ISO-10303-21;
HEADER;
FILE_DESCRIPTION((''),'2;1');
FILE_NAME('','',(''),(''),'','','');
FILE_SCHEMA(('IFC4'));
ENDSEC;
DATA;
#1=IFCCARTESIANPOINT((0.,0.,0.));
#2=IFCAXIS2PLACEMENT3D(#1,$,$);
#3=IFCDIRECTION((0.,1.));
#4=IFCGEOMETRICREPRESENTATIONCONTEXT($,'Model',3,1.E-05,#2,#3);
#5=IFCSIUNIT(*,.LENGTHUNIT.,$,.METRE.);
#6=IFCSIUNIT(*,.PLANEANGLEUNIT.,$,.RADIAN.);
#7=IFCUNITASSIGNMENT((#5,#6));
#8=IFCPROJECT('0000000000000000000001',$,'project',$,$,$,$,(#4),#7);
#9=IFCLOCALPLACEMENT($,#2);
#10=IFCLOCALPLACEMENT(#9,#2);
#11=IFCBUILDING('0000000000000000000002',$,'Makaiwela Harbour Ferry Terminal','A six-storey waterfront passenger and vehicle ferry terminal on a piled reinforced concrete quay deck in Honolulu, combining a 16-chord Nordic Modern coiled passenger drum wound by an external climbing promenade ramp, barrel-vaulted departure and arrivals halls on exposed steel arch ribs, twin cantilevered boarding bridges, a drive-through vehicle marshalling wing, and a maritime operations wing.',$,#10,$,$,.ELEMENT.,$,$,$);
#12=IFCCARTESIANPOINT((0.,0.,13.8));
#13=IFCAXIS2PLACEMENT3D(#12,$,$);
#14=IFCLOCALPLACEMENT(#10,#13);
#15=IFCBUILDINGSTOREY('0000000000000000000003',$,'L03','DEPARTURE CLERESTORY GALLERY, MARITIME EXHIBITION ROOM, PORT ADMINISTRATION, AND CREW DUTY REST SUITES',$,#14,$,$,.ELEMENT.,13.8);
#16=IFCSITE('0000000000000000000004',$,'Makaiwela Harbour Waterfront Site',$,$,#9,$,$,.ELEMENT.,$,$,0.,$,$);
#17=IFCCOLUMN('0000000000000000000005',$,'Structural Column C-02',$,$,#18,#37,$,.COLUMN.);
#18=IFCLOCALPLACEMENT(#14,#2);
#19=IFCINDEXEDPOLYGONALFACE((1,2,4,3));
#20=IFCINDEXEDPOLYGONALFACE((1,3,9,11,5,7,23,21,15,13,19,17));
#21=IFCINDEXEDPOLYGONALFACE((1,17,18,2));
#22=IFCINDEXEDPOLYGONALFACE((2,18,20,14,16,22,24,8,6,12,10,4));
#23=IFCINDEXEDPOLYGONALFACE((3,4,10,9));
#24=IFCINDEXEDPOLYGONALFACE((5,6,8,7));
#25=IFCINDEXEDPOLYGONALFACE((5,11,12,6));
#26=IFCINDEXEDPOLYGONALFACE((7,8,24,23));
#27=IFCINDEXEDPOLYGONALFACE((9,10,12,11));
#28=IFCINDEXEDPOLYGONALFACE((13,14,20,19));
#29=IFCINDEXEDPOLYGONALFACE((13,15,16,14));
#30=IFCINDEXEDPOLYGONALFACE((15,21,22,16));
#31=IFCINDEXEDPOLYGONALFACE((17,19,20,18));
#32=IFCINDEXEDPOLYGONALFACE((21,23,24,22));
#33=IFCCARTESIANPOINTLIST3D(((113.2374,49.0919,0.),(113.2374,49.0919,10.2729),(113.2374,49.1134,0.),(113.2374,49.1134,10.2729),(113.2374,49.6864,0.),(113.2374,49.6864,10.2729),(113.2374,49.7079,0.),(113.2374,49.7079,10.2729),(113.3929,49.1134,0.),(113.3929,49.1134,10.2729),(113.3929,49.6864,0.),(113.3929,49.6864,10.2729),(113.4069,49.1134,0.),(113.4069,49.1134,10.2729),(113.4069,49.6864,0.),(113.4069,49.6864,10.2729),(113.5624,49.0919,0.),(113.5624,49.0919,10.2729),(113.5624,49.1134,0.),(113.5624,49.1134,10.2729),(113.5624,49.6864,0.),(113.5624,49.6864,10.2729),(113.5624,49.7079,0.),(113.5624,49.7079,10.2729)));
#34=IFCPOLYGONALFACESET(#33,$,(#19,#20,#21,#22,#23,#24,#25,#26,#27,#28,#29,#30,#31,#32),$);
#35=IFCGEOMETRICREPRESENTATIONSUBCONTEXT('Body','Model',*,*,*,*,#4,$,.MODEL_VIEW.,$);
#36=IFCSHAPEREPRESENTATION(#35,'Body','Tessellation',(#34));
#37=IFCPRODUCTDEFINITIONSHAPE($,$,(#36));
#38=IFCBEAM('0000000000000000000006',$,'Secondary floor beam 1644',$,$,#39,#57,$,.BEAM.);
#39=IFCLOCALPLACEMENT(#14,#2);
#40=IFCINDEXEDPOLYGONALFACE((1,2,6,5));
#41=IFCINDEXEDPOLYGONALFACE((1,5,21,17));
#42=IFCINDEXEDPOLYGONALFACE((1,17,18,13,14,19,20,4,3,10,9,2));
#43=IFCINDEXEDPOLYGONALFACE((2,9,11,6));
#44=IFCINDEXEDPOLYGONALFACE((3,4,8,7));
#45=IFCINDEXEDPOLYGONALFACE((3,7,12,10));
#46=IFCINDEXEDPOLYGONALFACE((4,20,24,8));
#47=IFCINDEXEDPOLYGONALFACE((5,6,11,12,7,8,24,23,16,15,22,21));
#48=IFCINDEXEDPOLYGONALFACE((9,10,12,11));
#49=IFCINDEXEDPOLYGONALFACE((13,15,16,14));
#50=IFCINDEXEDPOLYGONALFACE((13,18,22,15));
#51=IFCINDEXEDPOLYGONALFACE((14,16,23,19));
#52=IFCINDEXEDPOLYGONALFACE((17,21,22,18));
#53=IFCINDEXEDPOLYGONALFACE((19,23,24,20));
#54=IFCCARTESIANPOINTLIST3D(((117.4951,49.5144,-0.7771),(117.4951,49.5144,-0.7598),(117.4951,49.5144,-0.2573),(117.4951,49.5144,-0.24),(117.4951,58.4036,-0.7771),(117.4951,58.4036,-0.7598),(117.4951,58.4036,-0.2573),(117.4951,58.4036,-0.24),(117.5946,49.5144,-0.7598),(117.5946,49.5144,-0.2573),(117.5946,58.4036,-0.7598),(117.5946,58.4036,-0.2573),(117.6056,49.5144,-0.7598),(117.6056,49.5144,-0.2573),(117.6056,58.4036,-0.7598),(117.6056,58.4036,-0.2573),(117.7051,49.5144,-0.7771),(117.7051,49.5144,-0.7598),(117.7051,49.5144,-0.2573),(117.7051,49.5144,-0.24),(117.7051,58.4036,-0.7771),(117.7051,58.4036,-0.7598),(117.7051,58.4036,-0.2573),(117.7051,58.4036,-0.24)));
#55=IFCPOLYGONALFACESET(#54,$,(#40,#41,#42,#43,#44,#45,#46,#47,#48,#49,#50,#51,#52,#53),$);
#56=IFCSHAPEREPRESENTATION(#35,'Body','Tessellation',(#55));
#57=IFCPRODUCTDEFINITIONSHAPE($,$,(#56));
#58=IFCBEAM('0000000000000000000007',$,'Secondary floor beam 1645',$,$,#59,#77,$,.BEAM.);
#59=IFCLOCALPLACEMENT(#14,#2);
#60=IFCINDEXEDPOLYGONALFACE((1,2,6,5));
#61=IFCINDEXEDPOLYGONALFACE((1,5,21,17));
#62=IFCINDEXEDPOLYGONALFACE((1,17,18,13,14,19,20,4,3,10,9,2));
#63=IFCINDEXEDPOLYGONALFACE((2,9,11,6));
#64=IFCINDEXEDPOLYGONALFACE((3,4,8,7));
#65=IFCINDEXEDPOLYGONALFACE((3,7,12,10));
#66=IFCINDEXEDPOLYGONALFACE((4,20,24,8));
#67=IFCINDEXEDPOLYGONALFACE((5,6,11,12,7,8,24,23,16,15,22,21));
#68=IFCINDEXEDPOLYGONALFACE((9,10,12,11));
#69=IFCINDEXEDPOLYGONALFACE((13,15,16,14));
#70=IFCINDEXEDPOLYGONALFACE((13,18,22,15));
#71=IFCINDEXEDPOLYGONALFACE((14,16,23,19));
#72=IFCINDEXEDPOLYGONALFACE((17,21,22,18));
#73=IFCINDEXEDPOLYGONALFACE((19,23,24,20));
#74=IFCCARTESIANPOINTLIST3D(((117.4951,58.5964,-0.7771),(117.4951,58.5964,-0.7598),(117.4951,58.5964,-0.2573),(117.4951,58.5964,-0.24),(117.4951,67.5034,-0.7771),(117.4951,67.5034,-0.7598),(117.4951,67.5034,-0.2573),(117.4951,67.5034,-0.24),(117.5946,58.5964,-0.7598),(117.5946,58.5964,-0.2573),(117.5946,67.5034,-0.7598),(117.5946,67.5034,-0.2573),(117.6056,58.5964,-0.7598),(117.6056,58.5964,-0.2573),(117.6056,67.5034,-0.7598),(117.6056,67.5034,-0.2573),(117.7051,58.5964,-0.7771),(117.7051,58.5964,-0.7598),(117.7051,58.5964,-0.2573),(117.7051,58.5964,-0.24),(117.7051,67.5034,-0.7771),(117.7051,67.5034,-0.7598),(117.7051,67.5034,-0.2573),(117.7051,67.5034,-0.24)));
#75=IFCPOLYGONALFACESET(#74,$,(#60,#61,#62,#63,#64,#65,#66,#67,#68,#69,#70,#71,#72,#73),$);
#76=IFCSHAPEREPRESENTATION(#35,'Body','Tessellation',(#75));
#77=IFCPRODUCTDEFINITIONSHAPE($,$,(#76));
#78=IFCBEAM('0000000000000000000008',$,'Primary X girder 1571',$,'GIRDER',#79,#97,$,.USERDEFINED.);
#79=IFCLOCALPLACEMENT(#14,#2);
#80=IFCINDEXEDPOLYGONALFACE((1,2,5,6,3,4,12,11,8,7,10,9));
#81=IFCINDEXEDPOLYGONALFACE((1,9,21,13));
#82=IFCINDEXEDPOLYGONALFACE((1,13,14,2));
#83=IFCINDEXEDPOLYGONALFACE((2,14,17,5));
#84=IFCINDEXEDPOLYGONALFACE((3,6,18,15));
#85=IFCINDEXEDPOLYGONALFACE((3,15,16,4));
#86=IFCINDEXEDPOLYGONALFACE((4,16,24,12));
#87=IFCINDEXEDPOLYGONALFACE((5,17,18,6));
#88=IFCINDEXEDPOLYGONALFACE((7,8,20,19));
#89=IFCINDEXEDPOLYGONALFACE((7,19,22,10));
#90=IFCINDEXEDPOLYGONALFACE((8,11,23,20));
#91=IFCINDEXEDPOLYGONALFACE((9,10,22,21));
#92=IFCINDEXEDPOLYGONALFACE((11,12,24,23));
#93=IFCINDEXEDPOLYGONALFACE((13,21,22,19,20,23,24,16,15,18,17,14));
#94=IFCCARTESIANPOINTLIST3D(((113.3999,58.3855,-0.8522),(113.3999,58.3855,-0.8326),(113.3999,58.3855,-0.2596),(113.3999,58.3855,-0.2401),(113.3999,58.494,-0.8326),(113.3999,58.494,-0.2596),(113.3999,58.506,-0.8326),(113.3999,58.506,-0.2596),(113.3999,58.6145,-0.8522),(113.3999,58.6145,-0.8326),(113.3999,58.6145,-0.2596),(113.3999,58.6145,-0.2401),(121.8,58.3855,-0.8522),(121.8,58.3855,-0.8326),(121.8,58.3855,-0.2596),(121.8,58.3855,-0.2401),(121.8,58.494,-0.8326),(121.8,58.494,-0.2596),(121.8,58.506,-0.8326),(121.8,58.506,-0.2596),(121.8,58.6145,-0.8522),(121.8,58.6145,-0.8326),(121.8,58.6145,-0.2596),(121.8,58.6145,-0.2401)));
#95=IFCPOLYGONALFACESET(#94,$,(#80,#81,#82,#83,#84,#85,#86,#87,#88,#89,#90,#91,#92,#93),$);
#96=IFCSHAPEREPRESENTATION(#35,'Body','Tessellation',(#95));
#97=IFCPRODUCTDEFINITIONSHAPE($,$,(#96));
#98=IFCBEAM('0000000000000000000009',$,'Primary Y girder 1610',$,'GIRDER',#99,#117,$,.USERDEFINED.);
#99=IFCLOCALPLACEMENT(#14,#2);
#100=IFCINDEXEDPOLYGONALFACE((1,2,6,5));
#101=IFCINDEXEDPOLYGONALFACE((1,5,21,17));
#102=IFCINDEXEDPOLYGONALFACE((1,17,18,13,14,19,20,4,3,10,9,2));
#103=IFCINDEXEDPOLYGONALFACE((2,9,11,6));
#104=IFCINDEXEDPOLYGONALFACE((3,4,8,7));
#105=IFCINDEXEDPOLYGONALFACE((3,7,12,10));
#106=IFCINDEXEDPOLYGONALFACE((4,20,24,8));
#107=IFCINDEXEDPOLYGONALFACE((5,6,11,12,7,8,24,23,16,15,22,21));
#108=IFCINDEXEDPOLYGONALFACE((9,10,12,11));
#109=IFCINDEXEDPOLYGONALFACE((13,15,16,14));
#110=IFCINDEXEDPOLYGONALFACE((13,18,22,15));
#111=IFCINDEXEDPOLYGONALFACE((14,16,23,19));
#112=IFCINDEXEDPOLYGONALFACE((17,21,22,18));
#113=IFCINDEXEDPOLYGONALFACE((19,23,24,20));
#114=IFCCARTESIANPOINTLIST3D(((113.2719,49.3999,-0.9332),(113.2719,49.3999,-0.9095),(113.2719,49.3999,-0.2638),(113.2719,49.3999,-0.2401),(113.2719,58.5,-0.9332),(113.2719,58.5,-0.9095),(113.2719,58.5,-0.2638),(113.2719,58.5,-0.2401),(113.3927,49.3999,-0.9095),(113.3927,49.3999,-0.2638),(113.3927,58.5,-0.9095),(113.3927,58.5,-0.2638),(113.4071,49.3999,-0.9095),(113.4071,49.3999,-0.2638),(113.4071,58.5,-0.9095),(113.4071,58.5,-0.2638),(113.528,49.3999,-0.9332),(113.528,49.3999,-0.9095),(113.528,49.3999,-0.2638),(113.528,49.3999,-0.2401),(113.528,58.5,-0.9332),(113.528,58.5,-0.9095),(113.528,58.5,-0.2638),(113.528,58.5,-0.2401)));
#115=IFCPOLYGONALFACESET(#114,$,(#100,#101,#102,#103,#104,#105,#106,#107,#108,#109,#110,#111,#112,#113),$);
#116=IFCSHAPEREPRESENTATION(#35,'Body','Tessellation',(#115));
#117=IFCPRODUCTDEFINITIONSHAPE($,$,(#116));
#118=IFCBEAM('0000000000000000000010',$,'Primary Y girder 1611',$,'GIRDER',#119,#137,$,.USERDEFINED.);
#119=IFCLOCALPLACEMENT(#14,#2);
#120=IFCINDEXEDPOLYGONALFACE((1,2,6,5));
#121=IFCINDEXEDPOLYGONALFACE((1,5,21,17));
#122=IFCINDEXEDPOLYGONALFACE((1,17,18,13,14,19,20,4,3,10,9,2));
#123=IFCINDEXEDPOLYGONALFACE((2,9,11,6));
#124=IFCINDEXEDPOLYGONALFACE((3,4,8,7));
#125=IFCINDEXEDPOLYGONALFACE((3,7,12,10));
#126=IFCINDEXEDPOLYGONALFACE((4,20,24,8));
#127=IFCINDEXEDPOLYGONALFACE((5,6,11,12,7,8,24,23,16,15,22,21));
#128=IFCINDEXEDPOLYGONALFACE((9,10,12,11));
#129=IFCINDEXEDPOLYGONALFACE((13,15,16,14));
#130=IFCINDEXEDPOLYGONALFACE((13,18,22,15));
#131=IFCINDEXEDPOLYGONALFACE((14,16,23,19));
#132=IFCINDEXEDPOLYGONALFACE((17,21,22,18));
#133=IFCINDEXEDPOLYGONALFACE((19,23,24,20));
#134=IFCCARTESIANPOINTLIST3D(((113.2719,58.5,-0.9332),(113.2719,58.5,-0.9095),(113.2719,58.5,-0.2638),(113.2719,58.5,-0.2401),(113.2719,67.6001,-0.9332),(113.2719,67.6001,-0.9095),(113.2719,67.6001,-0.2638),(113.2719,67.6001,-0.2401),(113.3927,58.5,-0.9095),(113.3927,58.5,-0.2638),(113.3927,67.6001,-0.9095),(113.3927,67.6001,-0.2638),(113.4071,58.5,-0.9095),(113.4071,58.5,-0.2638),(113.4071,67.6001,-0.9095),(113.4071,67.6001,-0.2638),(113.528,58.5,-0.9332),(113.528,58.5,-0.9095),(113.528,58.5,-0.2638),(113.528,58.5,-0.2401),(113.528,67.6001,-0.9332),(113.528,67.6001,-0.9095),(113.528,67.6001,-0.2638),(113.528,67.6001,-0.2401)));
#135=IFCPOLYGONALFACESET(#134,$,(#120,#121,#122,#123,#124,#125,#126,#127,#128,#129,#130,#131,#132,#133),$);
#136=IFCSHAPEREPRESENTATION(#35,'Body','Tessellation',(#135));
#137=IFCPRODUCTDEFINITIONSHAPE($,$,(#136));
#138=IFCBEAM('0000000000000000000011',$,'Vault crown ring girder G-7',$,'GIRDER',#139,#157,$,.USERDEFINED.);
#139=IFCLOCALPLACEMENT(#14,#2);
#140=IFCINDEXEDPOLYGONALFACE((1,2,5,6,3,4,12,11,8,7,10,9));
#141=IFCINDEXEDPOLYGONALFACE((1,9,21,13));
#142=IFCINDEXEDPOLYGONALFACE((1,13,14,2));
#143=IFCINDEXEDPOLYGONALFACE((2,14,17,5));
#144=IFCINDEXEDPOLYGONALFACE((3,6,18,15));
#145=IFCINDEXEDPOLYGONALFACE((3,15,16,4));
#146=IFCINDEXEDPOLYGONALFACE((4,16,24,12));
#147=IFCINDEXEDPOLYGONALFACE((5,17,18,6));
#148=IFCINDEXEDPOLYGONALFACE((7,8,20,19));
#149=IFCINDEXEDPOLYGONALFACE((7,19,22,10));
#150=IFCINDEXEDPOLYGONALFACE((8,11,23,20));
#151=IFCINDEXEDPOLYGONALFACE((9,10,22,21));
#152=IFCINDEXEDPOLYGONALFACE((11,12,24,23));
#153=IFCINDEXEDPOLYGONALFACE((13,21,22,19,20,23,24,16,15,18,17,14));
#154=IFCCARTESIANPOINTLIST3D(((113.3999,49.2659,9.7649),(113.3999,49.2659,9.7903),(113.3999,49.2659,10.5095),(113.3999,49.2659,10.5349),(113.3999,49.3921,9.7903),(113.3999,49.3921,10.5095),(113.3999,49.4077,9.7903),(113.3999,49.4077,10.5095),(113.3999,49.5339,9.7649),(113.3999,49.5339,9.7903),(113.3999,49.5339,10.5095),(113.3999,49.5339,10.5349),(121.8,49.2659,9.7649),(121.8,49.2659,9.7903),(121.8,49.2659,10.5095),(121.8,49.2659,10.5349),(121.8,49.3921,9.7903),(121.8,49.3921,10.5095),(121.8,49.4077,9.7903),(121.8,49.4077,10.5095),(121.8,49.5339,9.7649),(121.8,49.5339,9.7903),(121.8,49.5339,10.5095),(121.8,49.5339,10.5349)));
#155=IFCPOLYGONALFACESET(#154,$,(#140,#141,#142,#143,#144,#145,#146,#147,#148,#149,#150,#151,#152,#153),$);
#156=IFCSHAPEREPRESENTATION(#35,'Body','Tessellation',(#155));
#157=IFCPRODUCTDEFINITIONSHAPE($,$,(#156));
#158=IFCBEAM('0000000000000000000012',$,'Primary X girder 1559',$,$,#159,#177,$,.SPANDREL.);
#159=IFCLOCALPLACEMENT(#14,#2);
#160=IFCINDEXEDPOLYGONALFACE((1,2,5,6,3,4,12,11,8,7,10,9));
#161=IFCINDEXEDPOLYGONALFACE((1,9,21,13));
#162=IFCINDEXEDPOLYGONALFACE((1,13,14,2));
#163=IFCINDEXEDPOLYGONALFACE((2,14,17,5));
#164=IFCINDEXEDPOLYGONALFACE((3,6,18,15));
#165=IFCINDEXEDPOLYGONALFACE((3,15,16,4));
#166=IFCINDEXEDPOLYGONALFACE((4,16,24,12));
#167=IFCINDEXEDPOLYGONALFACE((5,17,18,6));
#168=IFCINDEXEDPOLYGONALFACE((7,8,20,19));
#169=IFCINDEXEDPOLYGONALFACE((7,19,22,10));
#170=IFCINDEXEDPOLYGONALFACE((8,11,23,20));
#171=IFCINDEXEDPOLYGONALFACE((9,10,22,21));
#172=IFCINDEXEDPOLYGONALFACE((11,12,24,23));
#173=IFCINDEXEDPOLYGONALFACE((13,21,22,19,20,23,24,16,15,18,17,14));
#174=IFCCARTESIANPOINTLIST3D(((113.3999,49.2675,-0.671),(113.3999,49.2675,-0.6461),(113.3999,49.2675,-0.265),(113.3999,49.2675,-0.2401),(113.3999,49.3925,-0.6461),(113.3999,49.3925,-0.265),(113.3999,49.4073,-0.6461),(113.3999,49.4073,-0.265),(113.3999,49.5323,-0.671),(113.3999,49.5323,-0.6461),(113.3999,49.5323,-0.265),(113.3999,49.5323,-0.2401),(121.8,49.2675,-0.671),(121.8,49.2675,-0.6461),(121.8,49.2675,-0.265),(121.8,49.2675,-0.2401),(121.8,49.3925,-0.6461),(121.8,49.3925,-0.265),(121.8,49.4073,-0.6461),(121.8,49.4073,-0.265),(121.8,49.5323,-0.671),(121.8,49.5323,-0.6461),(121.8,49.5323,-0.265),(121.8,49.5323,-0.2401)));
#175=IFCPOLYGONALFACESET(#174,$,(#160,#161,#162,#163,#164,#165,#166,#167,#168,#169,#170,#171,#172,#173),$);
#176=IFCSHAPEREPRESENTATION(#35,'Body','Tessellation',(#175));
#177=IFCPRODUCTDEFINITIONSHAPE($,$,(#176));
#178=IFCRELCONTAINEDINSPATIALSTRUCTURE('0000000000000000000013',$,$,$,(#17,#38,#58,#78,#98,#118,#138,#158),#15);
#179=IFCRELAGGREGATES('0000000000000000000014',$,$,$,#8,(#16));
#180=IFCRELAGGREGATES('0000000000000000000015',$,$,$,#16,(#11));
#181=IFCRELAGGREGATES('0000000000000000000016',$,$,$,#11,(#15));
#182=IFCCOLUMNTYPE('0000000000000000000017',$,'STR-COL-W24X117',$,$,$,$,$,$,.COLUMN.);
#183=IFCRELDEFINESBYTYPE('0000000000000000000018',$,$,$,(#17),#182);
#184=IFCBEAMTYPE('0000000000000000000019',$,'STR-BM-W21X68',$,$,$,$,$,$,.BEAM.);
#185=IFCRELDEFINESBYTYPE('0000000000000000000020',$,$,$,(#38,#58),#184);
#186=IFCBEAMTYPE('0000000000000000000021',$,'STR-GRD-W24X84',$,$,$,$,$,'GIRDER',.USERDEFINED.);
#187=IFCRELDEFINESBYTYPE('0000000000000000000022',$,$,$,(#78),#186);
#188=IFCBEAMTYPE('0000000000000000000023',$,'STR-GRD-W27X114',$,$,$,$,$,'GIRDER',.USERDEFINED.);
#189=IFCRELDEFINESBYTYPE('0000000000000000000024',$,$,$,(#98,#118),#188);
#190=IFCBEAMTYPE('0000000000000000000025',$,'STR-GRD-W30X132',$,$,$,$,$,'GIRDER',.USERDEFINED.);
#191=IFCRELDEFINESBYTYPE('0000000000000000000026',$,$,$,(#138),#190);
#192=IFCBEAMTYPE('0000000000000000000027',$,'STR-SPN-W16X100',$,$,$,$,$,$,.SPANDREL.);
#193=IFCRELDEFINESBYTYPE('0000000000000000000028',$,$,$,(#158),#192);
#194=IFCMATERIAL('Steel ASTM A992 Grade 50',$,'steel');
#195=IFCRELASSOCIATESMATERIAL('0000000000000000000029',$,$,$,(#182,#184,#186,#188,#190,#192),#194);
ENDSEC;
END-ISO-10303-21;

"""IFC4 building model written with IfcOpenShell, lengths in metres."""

from ifc_helpers import new_model, si_unit, direction, frame, origin, origin_2d, place, context, subcontext, project, spatial, i_section, extrude, material, material_profile, profile_set, type_object, element, save


model = new_model("IFC4")

# Units and contexts
model_context = context("Model", 3, precision=1e-05, world=origin(), true_north=direction((0.0, 1.0)))
body_context = subcontext(model_context, "Body", "Model", "MODEL_VIEW")
ifc_project = project(units=[si_unit("LENGTHUNIT", "METRE"), si_unit("PLANEANGLEUNIT", "RADIAN")], contexts=[model_context])

# Site, building, storey
site_placement = place(None, origin())
site = spatial("IfcSite", under=ifc_project, at=site_placement, Name="Makaiwela Harbour Waterfront Site", CompositionType="ELEMENT", RefElevation=0.0)
building_placement = place(site_placement, origin())
building = spatial("IfcBuilding", under=site, at=building_placement, Name="Makaiwela Harbour Ferry Terminal", Description="A six-storey waterfront passenger and vehicle ferry terminal on a piled reinforced concrete quay deck in Honolulu, combining a 16-chord Nordic Modern coiled passenger drum wound by an external climbing promenade ramp, barrel-vaulted departure and arrivals halls on exposed steel arch ribs, twin cantilevered boarding bridges, a drive-through vehicle marshalling wing, and a maritime operations wing.", CompositionType="ELEMENT")
storey_placement = place(building_placement, frame((0.0, 0.0, 13.8)))
storey = spatial("IfcBuildingStorey", under=building, at=storey_placement, Name="L03", Description="DEPARTURE CLERESTORY GALLERY, MARITIME EXHIBITION ROOM, PORT ADMINISTRATION, AND CREW DUTY REST SUITES", CompositionType="ELEMENT", Elevation=13.8)

# Column
ifc_material_1 = material(Name="Steel ASTM A992 Grade 50", Category="steel")
ifc_material_profile_1 = material_profile(ifc_material_1, i_section(OverallWidth=0.325, OverallDepth=0.616, WebThickness=0.0139, FlangeThickness=0.0215, at=origin_2d()), Name="W24X117")
ifc_profile_set_1 = profile_set([ifc_material_profile_1], Name="Steel ASTM A992 Grade 50")
column_type = type_object("IfcColumnType", Name="STR-COL-W24X117", PredefinedType="COLUMN", material=ifc_profile_set_1)
column_placement = place(storey_placement, frame((113.3999, 49.3999, 0.0), z_axis=(0.0, 0.0, 1.0), x_axis=(1.0, 0.0, 0.0)))
element("IfcColumn", 1, at=column_placement, inside=storey, type_object=column_type, Name="Structural Column C-02", PredefinedType="COLUMN", context=body_context, shape_type="SweptSolid", body=[
    extrude(i_section(OverallWidth=0.325, OverallDepth=0.616, WebThickness=0.0139, FlangeThickness=0.0215, at=origin_2d()), origin(), (0.0, 0.0, 1.0), 10.2729),
])

# Beams
ifc_material_profile_2 = material_profile(ifc_material_1, i_section(OverallWidth=0.21, OverallDepth=0.5371, WebThickness=0.011, FlangeThickness=0.0173, at=origin_2d()), Name="W21X68")
ifc_profile_set_2 = profile_set([ifc_material_profile_2], Name="Steel ASTM A992 Grade 50")
beam_type_1 = type_object("IfcBeamType", Name="STR-BM-W21X68", PredefinedType="BEAM", material=ifc_profile_set_2)
beam_1_placement = place(storey_placement, frame((117.6001, 49.5144, -0.5085), z_axis=(0.0, 1.0, 0.0), x_axis=(-1.0, 0.0, 0.0)))
element("IfcBeam", 2, at=beam_1_placement, inside=storey, type_object=beam_type_1, Name="Secondary floor beam 1644", PredefinedType="BEAM", context=body_context, shape_type="SweptSolid", body=[
    extrude(i_section(OverallWidth=0.21, OverallDepth=0.5371, WebThickness=0.011, FlangeThickness=0.0173, at=origin_2d()), origin(), (0.0, 0.0, 1.0), 8.8892),
])
beam_2_placement = place(storey_placement, frame((117.6001, 58.5964, -0.5085), z_axis=(0.0, 1.0, 0.0), x_axis=(-1.0, 0.0, 0.0)))
element("IfcBeam", 3, at=beam_2_placement, inside=storey, type_object=beam_type_1, Name="Secondary floor beam 1645", PredefinedType="BEAM", context=body_context, shape_type="SweptSolid", body=[
    extrude(i_section(OverallWidth=0.21, OverallDepth=0.5371, WebThickness=0.011, FlangeThickness=0.0173, at=origin_2d()), origin(), (0.0, 0.0, 1.0), 8.907),
])
ifc_material_profile_3 = material_profile(ifc_material_1, i_section(OverallWidth=0.229, OverallDepth=0.6121, WebThickness=0.012, FlangeThickness=0.0195, at=origin_2d()), Name="W24X84")
ifc_profile_set_3 = profile_set([ifc_material_profile_3], Name="Steel ASTM A992 Grade 50")
beam_type_2 = type_object("IfcBeamType", Name="STR-GRD-W24X84", ElementType="GIRDER", PredefinedType="USERDEFINED", material=ifc_profile_set_3)
beam_3_placement = place(storey_placement, frame((113.3999, 58.5, -0.5461), z_axis=(1.0, 0.0, 0.0), x_axis=(0.0, 1.0, 0.0)))
element("IfcBeam", 4, at=beam_3_placement, inside=storey, type_object=beam_type_2, Name="Primary X girder 1571", ObjectType="GIRDER", PredefinedType="USERDEFINED", context=body_context, shape_type="SweptSolid", body=[
    extrude(i_section(OverallWidth=0.229, OverallDepth=0.6121, WebThickness=0.012, FlangeThickness=0.0195, at=origin_2d()), origin(), (0.0, 0.0, 1.0), 8.4001),
])
ifc_material_profile_4 = material_profile(ifc_material_1, i_section(OverallWidth=0.2561, OverallDepth=0.6931, WebThickness=0.0144, FlangeThickness=0.0237, at=origin_2d()), Name="W27X114")
ifc_profile_set_4 = profile_set([ifc_material_profile_4], Name="Steel ASTM A992 Grade 50")
beam_type_3 = type_object("IfcBeamType", Name="STR-GRD-W27X114", ElementType="GIRDER", PredefinedType="USERDEFINED", material=ifc_profile_set_4)
for number, where, z_axis, x_axis, name in (
    (5, (113.3999, 49.3999, -0.5867), (0.0, 1.0, 0.0), (-1.0, 0.0, 0.0), "Primary Y girder 1610"),
    (6, (113.3999, 58.5, -0.5867), (0.0, 1.0, 0.0), (-1.0, 0.0, 0.0), "Primary Y girder 1611"),
):
    element("IfcBeam", number, at=place(storey_placement, frame(where, z_axis=z_axis, x_axis=x_axis)), inside=storey, type_object=beam_type_3, Name=name, ObjectType="GIRDER", PredefinedType="USERDEFINED", context=body_context, shape_type="SweptSolid", body=[
        extrude(i_section(OverallWidth=0.2561, OverallDepth=0.6931, WebThickness=0.0144, FlangeThickness=0.0237, at=origin_2d()), origin(), (0.0, 0.0, 1.0), 9.1001),
    ])
ifc_material_profile_5 = material_profile(ifc_material_1, i_section(OverallWidth=0.2681, OverallDepth=0.77, WebThickness=0.0156, FlangeThickness=0.0254, at=origin_2d()), Name="W30X132")
ifc_profile_set_5 = profile_set([ifc_material_profile_5], Name="Steel ASTM A992 Grade 50")
beam_type_4 = type_object("IfcBeamType", Name="STR-GRD-W30X132", ElementType="GIRDER", PredefinedType="USERDEFINED", material=ifc_profile_set_5)
beam_4_placement = place(storey_placement, frame((113.3999, 49.3999, 10.1499), z_axis=(1.0, 0.0, 0.0), x_axis=(0.0, 1.0, 0.0)))
element("IfcBeam", 7, at=beam_4_placement, inside=storey, type_object=beam_type_4, Name="Vault crown ring girder G-7", ObjectType="GIRDER", PredefinedType="USERDEFINED", context=body_context, shape_type="SweptSolid", body=[
    extrude(i_section(OverallWidth=0.2681, OverallDepth=0.77, WebThickness=0.0156, FlangeThickness=0.0254, at=origin_2d()), origin(), (0.0, 0.0, 1.0), 8.4001),
])
ifc_material_profile_6 = material_profile(ifc_material_1, i_section(OverallWidth=0.2649, OverallDepth=0.4309, WebThickness=0.0149, FlangeThickness=0.0249, at=origin_2d()), Name="W16X100")
ifc_profile_set_6 = profile_set([ifc_material_profile_6], Name="Steel ASTM A992 Grade 50")
beam_type_5 = type_object("IfcBeamType", Name="STR-SPN-W16X100", PredefinedType="SPANDREL", material=ifc_profile_set_6)
beam_5_placement = place(storey_placement, frame((113.3999, 49.3999, -0.4556), z_axis=(1.0, 0.0, 0.0), x_axis=(0.0, 1.0, 0.0)))
element("IfcBeam", 8, at=beam_5_placement, inside=storey, type_object=beam_type_5, Name="Primary X girder 1559", PredefinedType="SPANDREL", context=body_context, shape_type="SweptSolid", body=[
    extrude(i_section(OverallWidth=0.2649, OverallDepth=0.4309, WebThickness=0.0149, FlangeThickness=0.0249, at=origin_2d()), origin(), (0.0, 0.0, 1.0), 8.4001),
])

save(model, "model.ifc")
